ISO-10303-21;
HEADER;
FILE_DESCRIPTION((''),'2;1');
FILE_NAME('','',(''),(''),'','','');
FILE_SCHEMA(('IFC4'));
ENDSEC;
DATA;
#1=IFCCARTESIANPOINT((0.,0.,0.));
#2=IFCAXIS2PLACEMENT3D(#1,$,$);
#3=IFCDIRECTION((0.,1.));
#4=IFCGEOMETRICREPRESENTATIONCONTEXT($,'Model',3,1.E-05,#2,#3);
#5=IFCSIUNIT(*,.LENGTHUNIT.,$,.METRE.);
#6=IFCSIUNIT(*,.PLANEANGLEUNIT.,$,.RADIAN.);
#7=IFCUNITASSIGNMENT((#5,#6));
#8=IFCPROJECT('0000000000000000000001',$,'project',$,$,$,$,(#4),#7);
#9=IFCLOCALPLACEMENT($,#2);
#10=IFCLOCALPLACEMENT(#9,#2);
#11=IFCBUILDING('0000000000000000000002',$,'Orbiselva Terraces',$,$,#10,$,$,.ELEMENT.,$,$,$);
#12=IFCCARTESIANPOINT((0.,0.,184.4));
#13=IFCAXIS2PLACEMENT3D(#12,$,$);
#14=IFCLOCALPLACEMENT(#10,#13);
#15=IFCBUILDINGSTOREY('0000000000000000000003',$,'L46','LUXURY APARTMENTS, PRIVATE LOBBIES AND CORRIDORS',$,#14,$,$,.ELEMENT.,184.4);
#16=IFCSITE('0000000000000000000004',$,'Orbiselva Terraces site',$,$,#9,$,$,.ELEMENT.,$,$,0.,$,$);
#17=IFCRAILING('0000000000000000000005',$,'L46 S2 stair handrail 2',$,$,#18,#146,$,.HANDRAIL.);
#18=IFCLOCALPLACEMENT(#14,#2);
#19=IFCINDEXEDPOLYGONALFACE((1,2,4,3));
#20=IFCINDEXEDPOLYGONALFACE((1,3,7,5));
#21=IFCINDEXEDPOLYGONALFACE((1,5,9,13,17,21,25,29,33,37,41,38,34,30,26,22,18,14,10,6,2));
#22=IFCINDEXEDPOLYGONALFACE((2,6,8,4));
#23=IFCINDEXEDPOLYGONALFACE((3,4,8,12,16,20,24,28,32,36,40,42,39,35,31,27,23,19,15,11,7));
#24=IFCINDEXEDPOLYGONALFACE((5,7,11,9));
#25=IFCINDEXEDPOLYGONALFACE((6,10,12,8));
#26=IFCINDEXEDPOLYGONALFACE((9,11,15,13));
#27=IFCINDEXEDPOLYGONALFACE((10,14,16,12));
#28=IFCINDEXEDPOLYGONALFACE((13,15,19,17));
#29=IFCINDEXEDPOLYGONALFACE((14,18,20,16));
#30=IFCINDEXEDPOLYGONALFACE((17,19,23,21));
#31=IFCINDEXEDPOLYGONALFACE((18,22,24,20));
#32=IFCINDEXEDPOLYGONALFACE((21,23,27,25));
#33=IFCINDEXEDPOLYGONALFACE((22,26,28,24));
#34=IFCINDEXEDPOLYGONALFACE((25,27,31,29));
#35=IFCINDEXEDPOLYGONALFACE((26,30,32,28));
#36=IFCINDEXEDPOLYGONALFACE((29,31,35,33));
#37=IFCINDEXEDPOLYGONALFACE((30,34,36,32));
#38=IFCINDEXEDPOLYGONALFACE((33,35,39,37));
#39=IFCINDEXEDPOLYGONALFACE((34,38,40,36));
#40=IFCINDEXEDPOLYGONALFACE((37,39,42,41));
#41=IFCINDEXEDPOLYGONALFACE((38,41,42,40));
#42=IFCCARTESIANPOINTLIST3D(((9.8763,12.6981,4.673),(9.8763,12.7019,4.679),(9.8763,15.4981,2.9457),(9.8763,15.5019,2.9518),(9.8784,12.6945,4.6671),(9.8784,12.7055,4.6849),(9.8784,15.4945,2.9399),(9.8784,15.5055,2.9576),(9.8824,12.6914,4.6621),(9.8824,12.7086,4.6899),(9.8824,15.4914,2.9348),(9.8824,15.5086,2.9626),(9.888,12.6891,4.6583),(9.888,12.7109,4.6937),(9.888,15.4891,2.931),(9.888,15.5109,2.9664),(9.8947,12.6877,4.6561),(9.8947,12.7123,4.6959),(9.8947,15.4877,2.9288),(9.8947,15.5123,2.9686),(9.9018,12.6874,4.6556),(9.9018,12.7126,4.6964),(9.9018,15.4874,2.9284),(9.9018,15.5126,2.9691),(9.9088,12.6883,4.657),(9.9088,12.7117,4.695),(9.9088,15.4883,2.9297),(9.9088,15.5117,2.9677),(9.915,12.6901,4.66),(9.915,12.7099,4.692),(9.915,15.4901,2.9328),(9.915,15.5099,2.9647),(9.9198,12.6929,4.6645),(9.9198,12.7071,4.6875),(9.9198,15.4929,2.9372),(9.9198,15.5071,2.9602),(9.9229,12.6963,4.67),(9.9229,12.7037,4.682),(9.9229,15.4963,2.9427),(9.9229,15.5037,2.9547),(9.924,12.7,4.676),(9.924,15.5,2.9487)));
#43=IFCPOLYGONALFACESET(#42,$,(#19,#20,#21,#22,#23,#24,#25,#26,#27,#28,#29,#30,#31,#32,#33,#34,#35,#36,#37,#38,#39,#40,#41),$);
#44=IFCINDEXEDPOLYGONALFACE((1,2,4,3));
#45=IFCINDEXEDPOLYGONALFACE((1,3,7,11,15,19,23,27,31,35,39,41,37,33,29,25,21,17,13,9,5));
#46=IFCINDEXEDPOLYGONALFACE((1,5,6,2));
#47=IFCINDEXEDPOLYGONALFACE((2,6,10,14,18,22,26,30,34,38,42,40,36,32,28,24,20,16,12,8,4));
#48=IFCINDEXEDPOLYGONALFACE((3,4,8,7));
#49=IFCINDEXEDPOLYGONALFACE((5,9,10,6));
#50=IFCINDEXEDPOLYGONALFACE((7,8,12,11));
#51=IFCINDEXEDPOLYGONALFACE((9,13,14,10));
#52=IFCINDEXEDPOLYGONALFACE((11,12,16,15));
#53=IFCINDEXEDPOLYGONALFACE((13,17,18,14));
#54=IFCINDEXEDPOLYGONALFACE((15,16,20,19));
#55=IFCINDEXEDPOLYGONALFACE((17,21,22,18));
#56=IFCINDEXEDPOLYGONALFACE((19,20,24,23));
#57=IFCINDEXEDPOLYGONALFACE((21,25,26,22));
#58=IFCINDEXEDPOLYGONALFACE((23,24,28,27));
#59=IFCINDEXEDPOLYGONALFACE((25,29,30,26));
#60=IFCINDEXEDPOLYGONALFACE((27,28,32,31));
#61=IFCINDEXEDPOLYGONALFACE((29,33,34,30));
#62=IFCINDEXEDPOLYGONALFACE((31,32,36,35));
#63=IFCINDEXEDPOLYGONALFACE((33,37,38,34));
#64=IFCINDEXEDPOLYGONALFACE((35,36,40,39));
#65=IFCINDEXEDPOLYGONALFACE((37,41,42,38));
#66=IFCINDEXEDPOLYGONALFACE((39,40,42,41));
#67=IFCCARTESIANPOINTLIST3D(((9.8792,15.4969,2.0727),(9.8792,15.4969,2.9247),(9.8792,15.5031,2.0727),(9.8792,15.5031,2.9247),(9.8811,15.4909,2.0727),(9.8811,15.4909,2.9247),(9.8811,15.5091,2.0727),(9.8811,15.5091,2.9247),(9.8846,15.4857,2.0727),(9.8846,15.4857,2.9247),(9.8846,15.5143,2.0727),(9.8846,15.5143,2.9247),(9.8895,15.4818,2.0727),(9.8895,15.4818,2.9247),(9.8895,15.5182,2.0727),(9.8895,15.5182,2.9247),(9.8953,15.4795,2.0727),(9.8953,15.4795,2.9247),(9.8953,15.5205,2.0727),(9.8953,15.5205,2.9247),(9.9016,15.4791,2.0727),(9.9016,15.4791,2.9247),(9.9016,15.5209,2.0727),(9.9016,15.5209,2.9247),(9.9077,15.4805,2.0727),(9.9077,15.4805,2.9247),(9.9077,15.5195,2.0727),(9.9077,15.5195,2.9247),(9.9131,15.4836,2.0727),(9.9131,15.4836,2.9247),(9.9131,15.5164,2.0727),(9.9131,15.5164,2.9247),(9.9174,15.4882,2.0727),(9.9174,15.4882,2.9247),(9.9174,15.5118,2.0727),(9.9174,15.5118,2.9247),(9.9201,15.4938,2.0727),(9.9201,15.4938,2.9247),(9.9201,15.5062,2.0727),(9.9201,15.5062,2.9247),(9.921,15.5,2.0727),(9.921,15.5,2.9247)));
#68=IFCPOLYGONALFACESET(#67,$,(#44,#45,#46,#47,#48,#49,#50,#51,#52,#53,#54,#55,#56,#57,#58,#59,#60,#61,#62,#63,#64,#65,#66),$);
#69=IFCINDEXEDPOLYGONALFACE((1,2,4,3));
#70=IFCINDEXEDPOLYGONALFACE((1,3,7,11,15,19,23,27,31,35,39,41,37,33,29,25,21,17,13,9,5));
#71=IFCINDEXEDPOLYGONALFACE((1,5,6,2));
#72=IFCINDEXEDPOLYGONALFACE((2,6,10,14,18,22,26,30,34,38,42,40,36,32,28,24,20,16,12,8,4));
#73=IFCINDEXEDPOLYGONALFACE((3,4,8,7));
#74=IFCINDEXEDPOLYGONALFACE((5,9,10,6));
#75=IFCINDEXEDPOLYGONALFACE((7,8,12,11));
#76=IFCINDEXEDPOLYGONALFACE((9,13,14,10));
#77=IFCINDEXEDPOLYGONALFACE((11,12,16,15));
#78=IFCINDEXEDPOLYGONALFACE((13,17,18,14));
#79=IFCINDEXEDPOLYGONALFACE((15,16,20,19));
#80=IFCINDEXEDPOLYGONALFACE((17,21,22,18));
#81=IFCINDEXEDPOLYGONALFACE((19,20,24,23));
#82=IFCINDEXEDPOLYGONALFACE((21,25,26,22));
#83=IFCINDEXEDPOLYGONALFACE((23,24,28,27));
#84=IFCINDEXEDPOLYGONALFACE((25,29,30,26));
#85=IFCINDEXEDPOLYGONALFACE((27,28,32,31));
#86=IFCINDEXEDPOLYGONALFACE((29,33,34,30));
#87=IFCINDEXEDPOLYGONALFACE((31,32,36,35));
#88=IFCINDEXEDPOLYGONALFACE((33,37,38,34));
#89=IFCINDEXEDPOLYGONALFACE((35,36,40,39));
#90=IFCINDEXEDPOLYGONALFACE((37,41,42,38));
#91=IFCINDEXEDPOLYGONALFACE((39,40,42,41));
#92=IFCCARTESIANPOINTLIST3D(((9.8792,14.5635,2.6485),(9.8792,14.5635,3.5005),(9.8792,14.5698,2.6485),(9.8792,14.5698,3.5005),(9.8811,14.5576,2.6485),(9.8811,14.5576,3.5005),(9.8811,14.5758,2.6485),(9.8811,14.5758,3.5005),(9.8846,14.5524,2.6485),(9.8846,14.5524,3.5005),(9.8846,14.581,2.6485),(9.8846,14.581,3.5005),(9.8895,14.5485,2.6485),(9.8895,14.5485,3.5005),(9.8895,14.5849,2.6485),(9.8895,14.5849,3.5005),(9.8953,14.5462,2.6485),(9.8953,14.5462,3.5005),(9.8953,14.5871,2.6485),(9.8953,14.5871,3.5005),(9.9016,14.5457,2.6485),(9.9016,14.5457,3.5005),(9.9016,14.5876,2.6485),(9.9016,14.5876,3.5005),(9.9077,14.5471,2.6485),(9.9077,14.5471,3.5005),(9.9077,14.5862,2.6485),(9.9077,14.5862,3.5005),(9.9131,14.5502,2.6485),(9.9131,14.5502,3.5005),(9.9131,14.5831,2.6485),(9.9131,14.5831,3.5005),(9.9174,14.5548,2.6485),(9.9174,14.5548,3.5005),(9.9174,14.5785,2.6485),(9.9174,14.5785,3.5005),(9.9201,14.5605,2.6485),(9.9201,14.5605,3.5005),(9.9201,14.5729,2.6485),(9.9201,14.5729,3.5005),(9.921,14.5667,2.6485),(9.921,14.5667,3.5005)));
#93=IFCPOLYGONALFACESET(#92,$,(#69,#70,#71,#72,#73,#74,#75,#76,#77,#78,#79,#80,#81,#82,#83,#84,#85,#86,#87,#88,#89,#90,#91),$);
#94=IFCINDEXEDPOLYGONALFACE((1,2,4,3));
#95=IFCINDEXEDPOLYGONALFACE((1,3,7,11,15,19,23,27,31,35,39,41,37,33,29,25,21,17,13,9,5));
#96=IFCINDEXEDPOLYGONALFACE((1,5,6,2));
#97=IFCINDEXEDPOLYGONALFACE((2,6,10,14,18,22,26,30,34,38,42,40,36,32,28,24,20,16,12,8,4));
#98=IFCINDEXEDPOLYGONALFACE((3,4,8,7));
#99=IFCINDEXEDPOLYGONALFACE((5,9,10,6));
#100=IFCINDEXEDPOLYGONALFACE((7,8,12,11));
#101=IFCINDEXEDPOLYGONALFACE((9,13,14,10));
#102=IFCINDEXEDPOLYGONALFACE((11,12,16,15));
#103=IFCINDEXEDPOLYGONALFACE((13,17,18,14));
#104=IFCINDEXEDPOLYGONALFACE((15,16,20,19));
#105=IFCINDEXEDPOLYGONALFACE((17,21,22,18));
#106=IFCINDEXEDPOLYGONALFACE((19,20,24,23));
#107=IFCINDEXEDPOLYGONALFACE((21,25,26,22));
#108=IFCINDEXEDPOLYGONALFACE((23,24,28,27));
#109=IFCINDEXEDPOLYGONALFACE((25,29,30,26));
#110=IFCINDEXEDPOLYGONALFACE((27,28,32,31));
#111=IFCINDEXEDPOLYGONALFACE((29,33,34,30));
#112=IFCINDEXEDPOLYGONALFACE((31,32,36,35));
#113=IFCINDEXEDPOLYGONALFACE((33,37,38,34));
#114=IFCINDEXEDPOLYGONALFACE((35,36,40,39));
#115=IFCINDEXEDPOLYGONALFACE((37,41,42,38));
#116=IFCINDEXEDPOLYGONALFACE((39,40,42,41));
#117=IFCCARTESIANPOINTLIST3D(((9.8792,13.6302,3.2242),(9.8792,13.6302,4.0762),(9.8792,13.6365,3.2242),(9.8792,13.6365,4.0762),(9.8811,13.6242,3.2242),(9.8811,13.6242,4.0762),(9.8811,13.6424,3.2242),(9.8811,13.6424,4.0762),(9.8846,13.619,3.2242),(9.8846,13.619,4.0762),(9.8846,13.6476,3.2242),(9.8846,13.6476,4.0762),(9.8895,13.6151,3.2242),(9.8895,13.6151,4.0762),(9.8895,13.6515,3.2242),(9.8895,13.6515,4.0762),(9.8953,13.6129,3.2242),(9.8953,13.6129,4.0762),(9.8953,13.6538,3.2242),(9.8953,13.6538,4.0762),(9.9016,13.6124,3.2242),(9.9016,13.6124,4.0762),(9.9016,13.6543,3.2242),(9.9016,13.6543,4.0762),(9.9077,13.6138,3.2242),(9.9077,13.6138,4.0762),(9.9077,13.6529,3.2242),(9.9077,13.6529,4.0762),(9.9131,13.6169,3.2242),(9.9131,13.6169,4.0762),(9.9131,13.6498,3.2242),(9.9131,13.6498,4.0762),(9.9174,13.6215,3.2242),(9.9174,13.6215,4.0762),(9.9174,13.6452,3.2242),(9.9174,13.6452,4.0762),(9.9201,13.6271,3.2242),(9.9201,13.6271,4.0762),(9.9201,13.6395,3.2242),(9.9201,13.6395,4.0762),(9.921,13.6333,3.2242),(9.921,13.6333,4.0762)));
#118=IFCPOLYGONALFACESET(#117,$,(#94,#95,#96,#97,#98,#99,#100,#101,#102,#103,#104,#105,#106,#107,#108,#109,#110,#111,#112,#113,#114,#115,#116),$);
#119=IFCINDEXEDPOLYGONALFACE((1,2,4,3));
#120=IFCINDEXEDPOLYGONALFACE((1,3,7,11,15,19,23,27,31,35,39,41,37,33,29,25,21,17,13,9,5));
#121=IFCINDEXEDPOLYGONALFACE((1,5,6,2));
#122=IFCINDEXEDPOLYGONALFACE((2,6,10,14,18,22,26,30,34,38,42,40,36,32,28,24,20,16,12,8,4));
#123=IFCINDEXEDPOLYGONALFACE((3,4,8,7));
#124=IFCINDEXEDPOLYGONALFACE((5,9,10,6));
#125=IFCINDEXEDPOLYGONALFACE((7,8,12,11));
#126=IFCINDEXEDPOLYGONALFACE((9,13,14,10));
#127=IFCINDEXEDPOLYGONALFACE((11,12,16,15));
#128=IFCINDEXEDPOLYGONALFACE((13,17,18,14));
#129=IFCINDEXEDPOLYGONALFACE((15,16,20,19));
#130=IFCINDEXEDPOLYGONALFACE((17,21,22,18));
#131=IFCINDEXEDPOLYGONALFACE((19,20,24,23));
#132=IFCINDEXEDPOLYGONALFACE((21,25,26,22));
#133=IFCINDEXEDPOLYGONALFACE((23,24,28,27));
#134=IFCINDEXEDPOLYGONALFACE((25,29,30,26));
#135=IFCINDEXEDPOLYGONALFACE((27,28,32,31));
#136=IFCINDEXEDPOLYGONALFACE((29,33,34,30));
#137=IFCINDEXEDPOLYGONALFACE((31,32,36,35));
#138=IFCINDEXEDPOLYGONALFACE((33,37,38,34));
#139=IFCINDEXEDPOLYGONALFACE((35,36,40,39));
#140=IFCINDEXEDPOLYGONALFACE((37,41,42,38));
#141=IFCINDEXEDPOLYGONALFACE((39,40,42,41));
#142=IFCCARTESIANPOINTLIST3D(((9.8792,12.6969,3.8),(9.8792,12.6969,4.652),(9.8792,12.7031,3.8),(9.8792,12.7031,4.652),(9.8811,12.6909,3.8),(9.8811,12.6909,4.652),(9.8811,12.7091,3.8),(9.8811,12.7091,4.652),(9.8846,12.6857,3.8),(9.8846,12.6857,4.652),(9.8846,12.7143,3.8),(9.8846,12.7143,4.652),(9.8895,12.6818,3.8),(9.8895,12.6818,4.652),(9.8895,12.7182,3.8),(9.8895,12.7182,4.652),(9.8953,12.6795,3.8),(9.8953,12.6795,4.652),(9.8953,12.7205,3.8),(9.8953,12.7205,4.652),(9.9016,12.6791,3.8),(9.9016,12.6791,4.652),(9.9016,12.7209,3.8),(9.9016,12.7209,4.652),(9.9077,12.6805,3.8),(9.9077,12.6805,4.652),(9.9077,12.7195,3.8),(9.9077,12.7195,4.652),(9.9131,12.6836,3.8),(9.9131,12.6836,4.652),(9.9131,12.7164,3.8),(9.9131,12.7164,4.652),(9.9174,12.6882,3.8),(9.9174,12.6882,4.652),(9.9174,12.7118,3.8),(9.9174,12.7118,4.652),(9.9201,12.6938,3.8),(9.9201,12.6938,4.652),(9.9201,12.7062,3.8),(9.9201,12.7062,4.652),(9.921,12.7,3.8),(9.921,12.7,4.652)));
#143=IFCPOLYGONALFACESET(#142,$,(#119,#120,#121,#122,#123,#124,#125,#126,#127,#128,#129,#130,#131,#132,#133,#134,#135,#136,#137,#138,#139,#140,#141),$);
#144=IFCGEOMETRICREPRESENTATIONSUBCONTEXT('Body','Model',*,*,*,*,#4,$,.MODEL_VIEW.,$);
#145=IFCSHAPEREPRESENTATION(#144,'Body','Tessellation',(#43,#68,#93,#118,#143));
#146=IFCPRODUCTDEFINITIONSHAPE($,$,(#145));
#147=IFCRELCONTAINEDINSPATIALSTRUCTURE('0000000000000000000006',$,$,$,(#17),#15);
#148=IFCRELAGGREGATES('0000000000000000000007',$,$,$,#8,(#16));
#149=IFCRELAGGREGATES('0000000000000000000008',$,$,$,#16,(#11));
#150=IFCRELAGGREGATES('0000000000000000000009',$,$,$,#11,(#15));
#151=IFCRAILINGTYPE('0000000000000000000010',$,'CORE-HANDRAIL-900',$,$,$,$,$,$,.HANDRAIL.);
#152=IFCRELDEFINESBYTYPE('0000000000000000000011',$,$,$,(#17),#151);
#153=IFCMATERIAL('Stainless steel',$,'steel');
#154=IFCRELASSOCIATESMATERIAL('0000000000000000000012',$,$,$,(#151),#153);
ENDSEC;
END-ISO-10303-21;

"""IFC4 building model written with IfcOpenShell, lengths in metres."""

from ifc_helpers import new_model, si_unit, direction, frame, origin, origin_2d, place, context, subcontext, project, spatial, circle, extrude, material, type_object, element, save


model = new_model("IFC4")

# Units and contexts
model_context = context("Model", 3, precision=1e-05, world=origin(), true_north=direction((0.0, 1.0)))
body_context = subcontext(model_context, "Body", "Model", "MODEL_VIEW")
ifc_project = project(units=[si_unit("LENGTHUNIT", "METRE"), si_unit("PLANEANGLEUNIT", "RADIAN")], contexts=[model_context])

# Site, building, storey
site_placement = place(None, origin())
site = spatial("IfcSite", under=ifc_project, at=site_placement, Name="Orbiselva Terraces site", CompositionType="ELEMENT", RefElevation=0.0)
building_placement = place(site_placement, origin())
building = spatial("IfcBuilding", under=site, at=building_placement, Name="Orbiselva Terraces", CompositionType="ELEMENT")
storey_placement = place(building_placement, frame((0.0, 0.0, 184.4)))
storey = spatial("IfcBuildingStorey", under=building, at=storey_placement, Name="L46", Description="LUXURY APARTMENTS, PRIVATE LOBBIES AND CORRIDORS", CompositionType="ELEMENT", Elevation=184.4)

# Railing
ifc_material_1 = material(Name="Stainless steel", Category="steel")
railing_type = type_object("IfcRailingType", Name="CORE-HANDRAIL-900", PredefinedType="HANDRAIL", material=ifc_material_1)
railing_placement = place(storey_placement, frame((9.9, 15.5, 2.0727)))
element("IfcRailing", 1, at=railing_placement, inside=storey, type_object=railing_type, Name="L46 S2 stair handrail 2", PredefinedType="HANDRAIL", context=body_context, shape_type="SweptSolid", body=[
    extrude(circle(Radius=0.024, at=origin_2d()), frame((0.0, 0.0, 0.876), z_axis=(0.0, -0.851089, 0.525022), x_axis=(1.0, 0.0, 0.0)), (0.0, 0.0, 1.0), 3.2899),
    extrude(circle(Radius=0.021, at=origin_2d()), origin(), (0.0, 0.0, 1.0), 0.852),
    extrude(circle(Radius=0.021, at=origin_2d()), frame((0.0, -0.9333, 0.5758)), (0.0, 0.0, 1.0), 0.852),
    extrude(circle(Radius=0.021, at=origin_2d()), frame((0.0, -1.8667, 1.1515)), (0.0, 0.0, 1.0), 0.852),
    extrude(circle(Radius=0.021, at=origin_2d()), frame((0.0, -2.8, 1.7273)), (0.0, 0.0, 1.0), 0.852),
])

save(model, "model.ifc")
